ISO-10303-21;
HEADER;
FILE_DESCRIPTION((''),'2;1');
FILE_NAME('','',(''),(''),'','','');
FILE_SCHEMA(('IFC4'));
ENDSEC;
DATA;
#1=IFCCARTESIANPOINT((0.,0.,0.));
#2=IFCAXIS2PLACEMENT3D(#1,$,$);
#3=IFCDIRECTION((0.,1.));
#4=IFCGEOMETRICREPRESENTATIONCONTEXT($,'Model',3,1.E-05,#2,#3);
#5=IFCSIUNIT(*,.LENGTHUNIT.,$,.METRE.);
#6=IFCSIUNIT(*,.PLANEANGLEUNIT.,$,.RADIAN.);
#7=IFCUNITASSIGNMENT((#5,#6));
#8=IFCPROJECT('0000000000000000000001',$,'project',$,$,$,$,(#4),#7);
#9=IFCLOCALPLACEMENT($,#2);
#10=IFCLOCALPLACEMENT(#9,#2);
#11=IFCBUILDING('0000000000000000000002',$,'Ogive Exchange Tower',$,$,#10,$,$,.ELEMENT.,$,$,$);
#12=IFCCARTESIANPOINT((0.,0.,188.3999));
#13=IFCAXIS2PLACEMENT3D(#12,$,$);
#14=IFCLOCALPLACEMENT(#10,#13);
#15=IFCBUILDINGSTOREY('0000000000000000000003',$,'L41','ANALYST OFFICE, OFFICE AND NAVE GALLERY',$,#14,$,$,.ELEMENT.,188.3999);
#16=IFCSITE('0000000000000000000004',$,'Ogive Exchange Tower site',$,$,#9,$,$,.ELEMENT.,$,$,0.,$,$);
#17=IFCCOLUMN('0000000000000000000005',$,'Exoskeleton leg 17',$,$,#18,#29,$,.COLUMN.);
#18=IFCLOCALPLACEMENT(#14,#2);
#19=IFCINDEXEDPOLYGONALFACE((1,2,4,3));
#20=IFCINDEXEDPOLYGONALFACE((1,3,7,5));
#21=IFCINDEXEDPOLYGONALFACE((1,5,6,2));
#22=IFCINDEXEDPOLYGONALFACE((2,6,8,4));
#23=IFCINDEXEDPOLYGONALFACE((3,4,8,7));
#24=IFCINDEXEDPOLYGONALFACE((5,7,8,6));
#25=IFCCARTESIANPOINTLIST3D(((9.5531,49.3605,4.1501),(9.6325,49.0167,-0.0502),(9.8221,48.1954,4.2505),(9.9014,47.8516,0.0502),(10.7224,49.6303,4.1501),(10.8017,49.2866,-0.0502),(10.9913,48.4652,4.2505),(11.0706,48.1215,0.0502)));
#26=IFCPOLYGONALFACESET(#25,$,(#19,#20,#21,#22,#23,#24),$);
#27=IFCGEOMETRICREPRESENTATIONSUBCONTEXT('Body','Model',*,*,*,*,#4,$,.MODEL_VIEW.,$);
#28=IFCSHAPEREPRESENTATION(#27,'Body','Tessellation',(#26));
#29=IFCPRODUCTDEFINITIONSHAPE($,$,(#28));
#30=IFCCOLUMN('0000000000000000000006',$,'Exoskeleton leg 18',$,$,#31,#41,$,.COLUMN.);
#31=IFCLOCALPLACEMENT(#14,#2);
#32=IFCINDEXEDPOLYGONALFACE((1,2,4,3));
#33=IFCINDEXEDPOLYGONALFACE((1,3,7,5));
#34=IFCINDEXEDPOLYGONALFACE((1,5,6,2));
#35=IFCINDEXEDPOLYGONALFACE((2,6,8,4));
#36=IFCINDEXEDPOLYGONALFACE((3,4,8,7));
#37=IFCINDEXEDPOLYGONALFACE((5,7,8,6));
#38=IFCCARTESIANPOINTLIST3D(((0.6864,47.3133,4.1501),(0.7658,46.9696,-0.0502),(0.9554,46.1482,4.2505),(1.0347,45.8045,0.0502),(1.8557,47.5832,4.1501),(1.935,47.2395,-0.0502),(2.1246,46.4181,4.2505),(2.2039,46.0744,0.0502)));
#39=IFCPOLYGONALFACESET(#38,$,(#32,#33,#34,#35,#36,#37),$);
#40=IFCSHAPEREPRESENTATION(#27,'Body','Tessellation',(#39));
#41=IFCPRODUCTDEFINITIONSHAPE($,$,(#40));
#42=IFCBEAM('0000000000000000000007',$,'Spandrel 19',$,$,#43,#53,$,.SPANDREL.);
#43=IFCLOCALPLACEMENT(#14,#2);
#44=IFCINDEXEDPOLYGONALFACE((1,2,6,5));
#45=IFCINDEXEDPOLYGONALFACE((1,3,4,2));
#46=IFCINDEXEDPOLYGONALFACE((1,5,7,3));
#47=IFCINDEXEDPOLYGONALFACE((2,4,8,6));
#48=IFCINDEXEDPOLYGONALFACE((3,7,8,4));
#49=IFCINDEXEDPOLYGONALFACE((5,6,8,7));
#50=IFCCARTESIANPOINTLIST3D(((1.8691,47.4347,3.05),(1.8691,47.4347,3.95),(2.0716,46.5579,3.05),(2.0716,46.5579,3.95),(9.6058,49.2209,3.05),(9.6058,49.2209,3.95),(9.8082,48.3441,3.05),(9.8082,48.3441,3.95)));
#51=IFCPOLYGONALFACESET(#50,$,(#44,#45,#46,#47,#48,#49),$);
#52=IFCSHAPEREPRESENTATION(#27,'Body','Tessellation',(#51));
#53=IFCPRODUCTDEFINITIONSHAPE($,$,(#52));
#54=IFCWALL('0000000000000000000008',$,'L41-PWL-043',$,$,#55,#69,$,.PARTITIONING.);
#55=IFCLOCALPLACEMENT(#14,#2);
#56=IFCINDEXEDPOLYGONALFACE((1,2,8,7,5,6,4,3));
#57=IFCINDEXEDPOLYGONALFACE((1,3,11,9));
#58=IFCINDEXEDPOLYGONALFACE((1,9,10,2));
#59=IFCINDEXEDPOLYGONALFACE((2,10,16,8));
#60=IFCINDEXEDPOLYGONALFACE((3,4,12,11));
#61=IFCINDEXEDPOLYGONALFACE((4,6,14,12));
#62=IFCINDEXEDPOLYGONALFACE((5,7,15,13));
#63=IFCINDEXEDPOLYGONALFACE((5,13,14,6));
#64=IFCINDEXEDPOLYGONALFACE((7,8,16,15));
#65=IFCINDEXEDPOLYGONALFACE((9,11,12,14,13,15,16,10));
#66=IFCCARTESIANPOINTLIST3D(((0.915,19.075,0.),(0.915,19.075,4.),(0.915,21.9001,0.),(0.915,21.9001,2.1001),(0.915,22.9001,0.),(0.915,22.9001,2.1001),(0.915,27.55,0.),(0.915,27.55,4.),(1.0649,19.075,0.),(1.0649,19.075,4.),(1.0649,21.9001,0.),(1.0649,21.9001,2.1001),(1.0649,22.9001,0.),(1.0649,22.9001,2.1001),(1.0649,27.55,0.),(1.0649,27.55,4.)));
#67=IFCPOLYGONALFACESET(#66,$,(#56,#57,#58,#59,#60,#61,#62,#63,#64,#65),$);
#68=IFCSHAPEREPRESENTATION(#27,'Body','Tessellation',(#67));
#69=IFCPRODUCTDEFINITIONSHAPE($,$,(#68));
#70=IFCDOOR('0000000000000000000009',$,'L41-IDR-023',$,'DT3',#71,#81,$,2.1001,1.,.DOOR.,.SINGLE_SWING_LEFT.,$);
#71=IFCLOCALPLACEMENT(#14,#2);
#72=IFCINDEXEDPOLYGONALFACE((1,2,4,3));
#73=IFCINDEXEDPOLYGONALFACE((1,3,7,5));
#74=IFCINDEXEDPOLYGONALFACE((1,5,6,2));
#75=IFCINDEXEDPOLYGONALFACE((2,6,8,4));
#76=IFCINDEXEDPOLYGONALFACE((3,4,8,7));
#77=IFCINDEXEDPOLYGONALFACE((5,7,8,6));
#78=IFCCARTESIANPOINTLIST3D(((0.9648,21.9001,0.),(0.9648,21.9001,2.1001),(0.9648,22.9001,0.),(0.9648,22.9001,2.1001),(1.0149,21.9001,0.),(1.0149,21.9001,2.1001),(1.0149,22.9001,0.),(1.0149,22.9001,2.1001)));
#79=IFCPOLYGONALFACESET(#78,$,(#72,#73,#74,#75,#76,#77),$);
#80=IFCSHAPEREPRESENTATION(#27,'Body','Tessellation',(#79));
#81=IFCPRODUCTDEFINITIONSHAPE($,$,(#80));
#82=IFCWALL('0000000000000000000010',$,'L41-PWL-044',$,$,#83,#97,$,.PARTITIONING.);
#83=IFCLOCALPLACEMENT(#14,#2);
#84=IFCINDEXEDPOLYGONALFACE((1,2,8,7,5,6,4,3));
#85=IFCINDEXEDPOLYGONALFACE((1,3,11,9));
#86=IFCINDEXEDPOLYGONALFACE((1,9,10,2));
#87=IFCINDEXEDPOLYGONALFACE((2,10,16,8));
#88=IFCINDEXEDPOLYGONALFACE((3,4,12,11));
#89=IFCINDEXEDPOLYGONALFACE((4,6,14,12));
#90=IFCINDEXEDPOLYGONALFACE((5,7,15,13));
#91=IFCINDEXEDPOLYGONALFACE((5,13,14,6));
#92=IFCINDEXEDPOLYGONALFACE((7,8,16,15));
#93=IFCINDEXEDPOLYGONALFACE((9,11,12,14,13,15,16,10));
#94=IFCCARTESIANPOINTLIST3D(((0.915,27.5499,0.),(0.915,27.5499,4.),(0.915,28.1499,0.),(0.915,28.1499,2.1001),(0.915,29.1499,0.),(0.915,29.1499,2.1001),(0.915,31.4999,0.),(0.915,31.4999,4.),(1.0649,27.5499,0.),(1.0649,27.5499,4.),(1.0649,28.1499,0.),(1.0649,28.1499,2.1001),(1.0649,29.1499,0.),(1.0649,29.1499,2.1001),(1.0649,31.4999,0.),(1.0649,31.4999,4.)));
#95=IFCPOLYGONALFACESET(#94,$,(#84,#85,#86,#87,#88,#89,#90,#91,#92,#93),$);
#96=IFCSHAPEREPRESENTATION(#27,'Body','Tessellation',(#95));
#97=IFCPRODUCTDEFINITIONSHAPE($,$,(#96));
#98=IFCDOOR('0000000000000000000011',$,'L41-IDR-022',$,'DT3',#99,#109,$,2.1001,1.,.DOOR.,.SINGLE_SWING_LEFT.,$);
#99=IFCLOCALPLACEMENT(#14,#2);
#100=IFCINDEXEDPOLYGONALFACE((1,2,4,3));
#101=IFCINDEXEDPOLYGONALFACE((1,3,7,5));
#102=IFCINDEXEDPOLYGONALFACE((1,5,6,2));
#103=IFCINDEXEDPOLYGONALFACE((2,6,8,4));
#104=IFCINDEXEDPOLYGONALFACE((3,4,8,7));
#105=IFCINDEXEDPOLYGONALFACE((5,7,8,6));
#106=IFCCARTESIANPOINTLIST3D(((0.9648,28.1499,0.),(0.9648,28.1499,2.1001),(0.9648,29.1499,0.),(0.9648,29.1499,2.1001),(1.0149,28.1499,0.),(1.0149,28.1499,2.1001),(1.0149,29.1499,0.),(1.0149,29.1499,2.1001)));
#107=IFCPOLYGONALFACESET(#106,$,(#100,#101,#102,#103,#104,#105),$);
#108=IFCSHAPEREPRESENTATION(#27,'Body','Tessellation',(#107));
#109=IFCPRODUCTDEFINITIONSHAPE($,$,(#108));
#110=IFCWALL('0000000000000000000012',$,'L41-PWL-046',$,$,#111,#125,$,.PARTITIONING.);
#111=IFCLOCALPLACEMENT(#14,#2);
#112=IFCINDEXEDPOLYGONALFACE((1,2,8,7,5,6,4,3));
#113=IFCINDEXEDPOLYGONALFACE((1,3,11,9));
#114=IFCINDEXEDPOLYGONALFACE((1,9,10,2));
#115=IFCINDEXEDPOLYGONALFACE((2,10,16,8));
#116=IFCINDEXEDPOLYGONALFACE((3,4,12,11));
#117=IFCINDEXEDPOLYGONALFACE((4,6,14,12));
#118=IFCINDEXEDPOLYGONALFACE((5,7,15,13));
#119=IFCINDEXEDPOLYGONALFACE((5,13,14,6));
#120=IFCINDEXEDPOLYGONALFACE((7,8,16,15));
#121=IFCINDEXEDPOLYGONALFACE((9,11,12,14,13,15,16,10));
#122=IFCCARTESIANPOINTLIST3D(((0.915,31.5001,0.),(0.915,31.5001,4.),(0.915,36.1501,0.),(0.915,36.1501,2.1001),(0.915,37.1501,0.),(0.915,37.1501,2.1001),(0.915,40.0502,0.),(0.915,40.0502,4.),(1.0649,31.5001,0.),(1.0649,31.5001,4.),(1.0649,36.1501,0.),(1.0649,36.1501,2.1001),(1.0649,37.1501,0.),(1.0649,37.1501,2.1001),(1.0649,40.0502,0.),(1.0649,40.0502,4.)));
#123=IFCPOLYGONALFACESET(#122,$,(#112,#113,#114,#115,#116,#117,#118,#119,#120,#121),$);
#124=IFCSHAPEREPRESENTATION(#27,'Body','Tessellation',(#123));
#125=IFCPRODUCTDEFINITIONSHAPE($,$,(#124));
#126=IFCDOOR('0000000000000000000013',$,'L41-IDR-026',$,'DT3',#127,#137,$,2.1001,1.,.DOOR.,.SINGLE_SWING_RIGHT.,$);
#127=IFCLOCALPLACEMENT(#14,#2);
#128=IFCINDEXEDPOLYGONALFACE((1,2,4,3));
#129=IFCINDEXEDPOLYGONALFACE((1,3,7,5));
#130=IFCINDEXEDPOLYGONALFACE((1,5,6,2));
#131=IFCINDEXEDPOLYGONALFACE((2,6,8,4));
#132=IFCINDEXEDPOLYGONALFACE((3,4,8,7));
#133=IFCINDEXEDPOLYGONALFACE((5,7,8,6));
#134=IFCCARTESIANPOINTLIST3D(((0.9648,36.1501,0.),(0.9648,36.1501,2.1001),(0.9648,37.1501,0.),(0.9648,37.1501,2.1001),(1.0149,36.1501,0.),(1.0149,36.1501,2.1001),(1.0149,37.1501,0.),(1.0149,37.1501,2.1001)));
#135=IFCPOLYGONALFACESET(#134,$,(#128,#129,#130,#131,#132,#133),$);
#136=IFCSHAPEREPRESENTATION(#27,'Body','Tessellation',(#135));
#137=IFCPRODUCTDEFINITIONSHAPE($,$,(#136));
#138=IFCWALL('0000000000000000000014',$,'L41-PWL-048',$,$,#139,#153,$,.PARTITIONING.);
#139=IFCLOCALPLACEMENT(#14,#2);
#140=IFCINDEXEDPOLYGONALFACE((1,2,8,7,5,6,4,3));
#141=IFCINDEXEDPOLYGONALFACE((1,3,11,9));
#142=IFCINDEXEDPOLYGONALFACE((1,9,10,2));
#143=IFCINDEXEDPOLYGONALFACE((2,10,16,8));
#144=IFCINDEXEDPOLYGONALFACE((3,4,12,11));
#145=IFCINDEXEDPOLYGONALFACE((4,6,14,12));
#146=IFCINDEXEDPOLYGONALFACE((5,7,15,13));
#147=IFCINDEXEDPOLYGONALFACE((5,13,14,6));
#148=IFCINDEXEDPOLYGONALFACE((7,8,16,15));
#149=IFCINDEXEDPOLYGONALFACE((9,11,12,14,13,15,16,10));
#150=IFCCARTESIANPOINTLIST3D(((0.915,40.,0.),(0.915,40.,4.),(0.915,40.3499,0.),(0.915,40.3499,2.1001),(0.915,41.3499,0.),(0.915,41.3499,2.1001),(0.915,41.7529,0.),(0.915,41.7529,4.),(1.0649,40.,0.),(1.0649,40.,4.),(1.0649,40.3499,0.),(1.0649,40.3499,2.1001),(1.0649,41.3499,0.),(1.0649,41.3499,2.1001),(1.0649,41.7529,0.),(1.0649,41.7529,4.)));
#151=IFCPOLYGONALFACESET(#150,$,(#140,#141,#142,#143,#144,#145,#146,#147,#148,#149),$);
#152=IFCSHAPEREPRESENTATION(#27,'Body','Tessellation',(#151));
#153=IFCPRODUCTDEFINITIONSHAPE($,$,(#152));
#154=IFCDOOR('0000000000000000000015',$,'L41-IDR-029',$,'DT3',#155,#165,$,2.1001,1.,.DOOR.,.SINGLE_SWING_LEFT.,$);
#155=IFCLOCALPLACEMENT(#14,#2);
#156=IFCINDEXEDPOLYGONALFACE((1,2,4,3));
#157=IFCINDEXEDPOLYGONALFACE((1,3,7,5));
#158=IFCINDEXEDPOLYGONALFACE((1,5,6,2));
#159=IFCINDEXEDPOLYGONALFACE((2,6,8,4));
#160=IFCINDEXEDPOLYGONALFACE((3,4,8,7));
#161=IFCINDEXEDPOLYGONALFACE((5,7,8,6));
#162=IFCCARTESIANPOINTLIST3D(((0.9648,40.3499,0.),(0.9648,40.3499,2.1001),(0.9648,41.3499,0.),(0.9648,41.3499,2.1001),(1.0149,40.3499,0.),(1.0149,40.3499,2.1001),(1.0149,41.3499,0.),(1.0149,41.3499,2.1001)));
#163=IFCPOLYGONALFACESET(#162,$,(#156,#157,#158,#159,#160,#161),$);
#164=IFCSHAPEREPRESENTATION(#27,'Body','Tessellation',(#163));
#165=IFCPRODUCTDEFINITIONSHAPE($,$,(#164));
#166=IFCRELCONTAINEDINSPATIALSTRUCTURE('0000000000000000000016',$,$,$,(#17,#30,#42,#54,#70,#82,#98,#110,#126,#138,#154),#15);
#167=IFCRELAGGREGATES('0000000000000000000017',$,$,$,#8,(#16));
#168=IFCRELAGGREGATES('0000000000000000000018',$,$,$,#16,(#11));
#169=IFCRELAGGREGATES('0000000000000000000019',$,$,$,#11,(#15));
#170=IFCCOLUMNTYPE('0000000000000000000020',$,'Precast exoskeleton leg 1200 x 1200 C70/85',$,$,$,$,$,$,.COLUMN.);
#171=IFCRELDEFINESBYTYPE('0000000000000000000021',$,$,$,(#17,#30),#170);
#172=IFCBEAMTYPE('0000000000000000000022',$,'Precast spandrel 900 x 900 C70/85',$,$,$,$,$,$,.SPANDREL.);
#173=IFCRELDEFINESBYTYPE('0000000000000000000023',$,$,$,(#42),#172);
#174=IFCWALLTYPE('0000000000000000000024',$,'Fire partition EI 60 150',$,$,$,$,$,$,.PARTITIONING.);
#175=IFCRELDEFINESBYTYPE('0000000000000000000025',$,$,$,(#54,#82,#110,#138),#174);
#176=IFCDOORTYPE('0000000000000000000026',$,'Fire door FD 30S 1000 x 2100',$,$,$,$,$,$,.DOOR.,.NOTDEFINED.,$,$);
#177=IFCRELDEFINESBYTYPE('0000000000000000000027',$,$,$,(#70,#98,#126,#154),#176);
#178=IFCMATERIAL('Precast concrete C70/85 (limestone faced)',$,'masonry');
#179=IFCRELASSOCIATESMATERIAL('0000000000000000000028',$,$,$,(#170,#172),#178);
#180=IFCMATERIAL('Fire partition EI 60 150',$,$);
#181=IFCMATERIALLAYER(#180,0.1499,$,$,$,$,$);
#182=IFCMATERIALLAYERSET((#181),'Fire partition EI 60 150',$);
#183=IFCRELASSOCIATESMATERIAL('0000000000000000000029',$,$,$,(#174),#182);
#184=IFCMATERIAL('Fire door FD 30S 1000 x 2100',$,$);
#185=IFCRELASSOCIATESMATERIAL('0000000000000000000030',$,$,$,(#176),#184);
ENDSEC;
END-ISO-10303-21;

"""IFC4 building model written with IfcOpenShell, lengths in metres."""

from ifc_helpers import new_model, si_unit, direction, frame, frame_2d, origin, origin_2d, place, context, subcontext, project, spatial, rectangle, extrude, material, layer, layer_set, material_profile, profile_set, type_object, element, fill, save


model = new_model("IFC4")

# Units and contexts
model_context = context("Model", 3, precision=1e-05, world=origin(), true_north=direction((0.0, 1.0)))
body_context = subcontext(model_context, "Body", "Model", "MODEL_VIEW")
ifc_project = project(units=[si_unit("LENGTHUNIT", "METRE"), si_unit("PLANEANGLEUNIT", "RADIAN")], contexts=[model_context])

# Site, building, storey
site_placement = place(None, origin())
site = spatial("IfcSite", under=ifc_project, at=site_placement, Name="Ogive Exchange Tower site", CompositionType="ELEMENT", RefElevation=0.0)
building_placement = place(site_placement, origin())
building = spatial("IfcBuilding", under=site, at=building_placement, Name="Ogive Exchange Tower", CompositionType="ELEMENT")
storey_placement = place(building_placement, frame((0.0, 0.0, 188.3999)))
storey = spatial("IfcBuildingStorey", under=building, at=storey_placement, Name="L41", Description="ANALYST OFFICE, OFFICE AND NAVE GALLERY", CompositionType="ELEMENT", Elevation=188.3999)

# Columns
ifc_material_1 = material(Name="Precast concrete C70/85 (limestone faced)", Category="masonry")
ifc_material_profile_1 = material_profile(ifc_material_1, rectangle(XDim=1.2, YDim=1.2, at=origin_2d()), Name="1200 x 1200")
ifc_profile_set_1 = profile_set([ifc_material_profile_1], Name="Precast concrete C70/85 (limestone faced)")
column_type = type_object("IfcColumnType", Name="Precast exoskeleton leg 1200 x 1200 C70/85", PredefinedType="COLUMN", material=ifc_profile_set_1)
for number, where, z_axis, x_axis, name in (
    (1, (10.3516, 48.5691, 0.0), (-0.018825, 0.081554, 0.996491), (-0.97438, -0.22491, 0.0), "Exoskeleton leg 17"),
    (2, (1.4849, 46.522, 0.0), (-0.018825, 0.081554, 0.996491), (-0.97438, -0.22491, 0.0), "Exoskeleton leg 18"),
):
    element("IfcColumn", number, at=place(storey_placement, frame(where, z_axis=z_axis, x_axis=x_axis)), inside=storey, type_object=column_type, Name=name, PredefinedType="COLUMN", context=body_context, shape_type="SweptSolid", body=[
        extrude(rectangle(XDim=1.2, YDim=1.2, at=origin_2d()), origin(), (0.0, 0.0, 1.0), 4.2151),
    ])

# Beam
ifc_material_profile_2 = material_profile(ifc_material_1, rectangle(XDim=0.8999, YDim=0.8999, at=origin_2d()), Name="900 x 900")
ifc_profile_set_2 = profile_set([ifc_material_profile_2], Name="Precast concrete C70/85 (limestone faced)")
beam_type = type_object("IfcBeamType", Name="Precast spandrel 900 x 900 C70/85", PredefinedType="SPANDREL", material=ifc_profile_set_2)
beam_placement = place(storey_placement, frame((9.707, 48.7825, 3.5), z_axis=(-0.97437, -0.224952, 0.0), x_axis=(0.224952, -0.97437, 0.0)))
element("IfcBeam", 3, at=beam_placement, inside=storey, type_object=beam_type, Name="Spandrel 19", PredefinedType="SPANDREL", context=body_context, shape_type="SweptSolid", body=[
    extrude(rectangle(XDim=0.8999, YDim=0.8999, at=origin_2d()), origin(), (0.0, 0.0, 1.0), 7.9402),
])

# Walls, openings, doors
ifc_material_2 = material(Name="Fire partition EI 60 150")
ifc_layer_1 = layer(ifc_material_2, 0.1499)
ifc_layer_set_1 = layer_set([ifc_layer_1], Name="Fire partition EI 60 150")
wall_type_1 = type_object("IfcWallType", Name="Fire partition EI 60 150", PredefinedType="PARTITIONING", material=ifc_layer_set_1)
wall_1_placement = place(storey_placement, frame((0.99, 27.55, 0.0), z_axis=(0.0, 0.0, 1.0), x_axis=(0.0, -1.0, 0.0)))
wall_1 = element("IfcWall", 4, at=wall_1_placement, inside=storey, type_object=wall_type_1, Name="L41-PWL-043", PredefinedType="PARTITIONING", context=body_context, shape_type="SweptSolid", body=[
    extrude(rectangle(XDim=8.4751, YDim=0.1499, at=frame_2d((4.2375, 0.0))), origin(), (0.0, 0.0, 1.0), 4.0),
])
opening_1_placement = place(wall_1_placement, frame((4.6499, 0.0, 0.0)))
opening_1 = element("IfcOpeningElement", 5, at=opening_1_placement, cuts=wall_1, PredefinedType="OPENING", context=body_context, shape_type="SweptSolid", body=[
    extrude(rectangle(XDim=1.0, YDim=2.1001, at=frame_2d((0.5, 1.05))), frame((0.0, 0.085, 0.0), z_axis=(0.0, -1.0, 0.0), x_axis=(1.0, 0.0, 0.0)), (0.0, 0.0, 1.0), 0.1699),
])
ifc_material_3 = material(Name="Fire door FD 30S 1000 x 2100")
door_type_1 = type_object("IfcDoorType", Name="Fire door FD 30S 1000 x 2100", OperationType="NOTDEFINED", PredefinedType="DOOR", material=ifc_material_3)
door_1_placement = place(opening_1_placement, origin())
door_1 = element("IfcDoor", 6, at=door_1_placement, inside=storey, type_object=door_type_1, Name="L41-IDR-023", ObjectType="DT3", OperationType="SINGLE_SWING_LEFT", OverallHeight=2.1001, OverallWidth=1.0, PredefinedType="DOOR", context=body_context, shape_type="SweptSolid", body=[
    extrude(rectangle(XDim=1.0, YDim=2.1001, at=frame_2d((0.5, 1.05))), frame((0.0, 0.0249, 0.0), z_axis=(0.0, -1.0, 0.0), x_axis=(1.0, 0.0, 0.0)), (0.0, 0.0, 1.0), 0.05),
])
fill(opening_1, door_1)
wall_2_placement = place(storey_placement, frame((0.99, 31.5, 0.0), z_axis=(0.0, 0.0, 1.0), x_axis=(0.0, -1.0, 0.0)))
wall_2 = element("IfcWall", 7, at=wall_2_placement, inside=storey, type_object=wall_type_1, Name="L41-PWL-044", PredefinedType="PARTITIONING", context=body_context, shape_type="SweptSolid", body=[
    extrude(rectangle(XDim=3.95, YDim=0.1499, at=frame_2d((1.9751, 0.0))), origin(), (0.0, 0.0, 1.0), 4.0),
])
opening_2_placement = place(wall_2_placement, frame((2.3501, 0.0, 0.0)))
opening_2 = element("IfcOpeningElement", 8, at=opening_2_placement, cuts=wall_2, PredefinedType="OPENING", context=body_context, shape_type="SweptSolid", body=[
    extrude(rectangle(XDim=1.0, YDim=2.1001, at=frame_2d((0.5, 1.05))), frame((0.0, 0.085, 0.0), z_axis=(0.0, -1.0, 0.0), x_axis=(1.0, 0.0, 0.0)), (0.0, 0.0, 1.0), 0.1699),
])
door_2_placement = place(opening_2_placement, origin())
door_2 = element("IfcDoor", 9, at=door_2_placement, inside=storey, type_object=door_type_1, Name="L41-IDR-022", ObjectType="DT3", OperationType="SINGLE_SWING_LEFT", OverallHeight=2.1001, OverallWidth=1.0, PredefinedType="DOOR", context=body_context, shape_type="SweptSolid", body=[
    extrude(rectangle(XDim=1.0, YDim=2.1001, at=frame_2d((0.5, 1.05))), frame((0.0, 0.0249, 0.0), z_axis=(0.0, -1.0, 0.0), x_axis=(1.0, 0.0, 0.0)), (0.0, 0.0, 1.0), 0.05),
])
fill(opening_2, door_2)
wall_3_placement = place(storey_placement, frame((0.99, 40.05, 0.0), z_axis=(0.0, 0.0, 1.0), x_axis=(0.0, -1.0, 0.0)))
wall_3 = element("IfcWall", 10, at=wall_3_placement, inside=storey, type_object=wall_type_1, Name="L41-PWL-046", PredefinedType="PARTITIONING", context=body_context, shape_type="SweptSolid", body=[
    extrude(rectangle(XDim=8.55, YDim=0.1499, at=frame_2d((4.2749, 0.0))), origin(), (0.0, 0.0, 1.0), 4.0),
])
opening_3_placement = place(wall_3_placement, frame((2.8999, 0.0, 0.0)))
opening_3 = element("IfcOpeningElement", 11, at=opening_3_placement, cuts=wall_3, PredefinedType="OPENING", context=body_context, shape_type="SweptSolid", body=[
    extrude(rectangle(XDim=1.0, YDim=2.1001, at=frame_2d((0.5, 1.05))), frame((0.0, 0.085, 0.0), z_axis=(0.0, -1.0, 0.0), x_axis=(1.0, 0.0, 0.0)), (0.0, 0.0, 1.0), 0.1699),
])
door_3_placement = place(opening_3_placement, origin())
door_3 = element("IfcDoor", 12, at=door_3_placement, inside=storey, type_object=door_type_1, Name="L41-IDR-026", ObjectType="DT3", OperationType="SINGLE_SWING_RIGHT", OverallHeight=2.1001, OverallWidth=1.0, PredefinedType="DOOR", context=body_context, shape_type="SweptSolid", body=[
    extrude(rectangle(XDim=1.0, YDim=2.1001, at=frame_2d((0.5, 1.05))), frame((0.0, 0.0249, 0.0), z_axis=(0.0, -1.0, 0.0), x_axis=(1.0, 0.0, 0.0)), (0.0, 0.0, 1.0), 0.05),
])
fill(opening_3, door_3)
wall_4_placement = place(storey_placement, frame((0.99, 41.7529, 0.0), z_axis=(0.0, 0.0, 1.0), x_axis=(0.0, -1.0, 0.0)))
wall_4 = element("IfcWall", 13, at=wall_4_placement, inside=storey, type_object=wall_type_1, Name="L41-PWL-048", PredefinedType="PARTITIONING", context=body_context, shape_type="SweptSolid", body=[
    extrude(rectangle(XDim=1.7529, YDim=0.1499, at=frame_2d((0.8765, 0.0))), origin(), (0.0, 0.0, 1.0), 4.0),
])
opening_4_placement = place(wall_4_placement, frame((0.4031, 0.0, 0.0)))
opening_4 = element("IfcOpeningElement", 14, at=opening_4_placement, cuts=wall_4, PredefinedType="OPENING", context=body_context, shape_type="SweptSolid", body=[
    extrude(rectangle(XDim=1.0, YDim=2.1001, at=frame_2d((0.5, 1.05))), frame((0.0, 0.085, 0.0), z_axis=(0.0, -1.0, 0.0), x_axis=(1.0, 0.0, 0.0)), (0.0, 0.0, 1.0), 0.1699),
])
door_4_placement = place(opening_4_placement, origin())
door_4 = element("IfcDoor", 15, at=door_4_placement, inside=storey, type_object=door_type_1, Name="L41-IDR-029", ObjectType="DT3", OperationType="SINGLE_SWING_LEFT", OverallHeight=2.1001, OverallWidth=1.0, PredefinedType="DOOR", context=body_context, shape_type="SweptSolid", body=[
    extrude(rectangle(XDim=1.0, YDim=2.1001, at=frame_2d((0.5, 1.05))), frame((0.0, 0.0249, 0.0), z_axis=(0.0, -1.0, 0.0), x_axis=(1.0, 0.0, 0.0)), (0.0, 0.0, 1.0), 0.05),
])
fill(opening_4, door_4)

save(model, "model.ifc")
